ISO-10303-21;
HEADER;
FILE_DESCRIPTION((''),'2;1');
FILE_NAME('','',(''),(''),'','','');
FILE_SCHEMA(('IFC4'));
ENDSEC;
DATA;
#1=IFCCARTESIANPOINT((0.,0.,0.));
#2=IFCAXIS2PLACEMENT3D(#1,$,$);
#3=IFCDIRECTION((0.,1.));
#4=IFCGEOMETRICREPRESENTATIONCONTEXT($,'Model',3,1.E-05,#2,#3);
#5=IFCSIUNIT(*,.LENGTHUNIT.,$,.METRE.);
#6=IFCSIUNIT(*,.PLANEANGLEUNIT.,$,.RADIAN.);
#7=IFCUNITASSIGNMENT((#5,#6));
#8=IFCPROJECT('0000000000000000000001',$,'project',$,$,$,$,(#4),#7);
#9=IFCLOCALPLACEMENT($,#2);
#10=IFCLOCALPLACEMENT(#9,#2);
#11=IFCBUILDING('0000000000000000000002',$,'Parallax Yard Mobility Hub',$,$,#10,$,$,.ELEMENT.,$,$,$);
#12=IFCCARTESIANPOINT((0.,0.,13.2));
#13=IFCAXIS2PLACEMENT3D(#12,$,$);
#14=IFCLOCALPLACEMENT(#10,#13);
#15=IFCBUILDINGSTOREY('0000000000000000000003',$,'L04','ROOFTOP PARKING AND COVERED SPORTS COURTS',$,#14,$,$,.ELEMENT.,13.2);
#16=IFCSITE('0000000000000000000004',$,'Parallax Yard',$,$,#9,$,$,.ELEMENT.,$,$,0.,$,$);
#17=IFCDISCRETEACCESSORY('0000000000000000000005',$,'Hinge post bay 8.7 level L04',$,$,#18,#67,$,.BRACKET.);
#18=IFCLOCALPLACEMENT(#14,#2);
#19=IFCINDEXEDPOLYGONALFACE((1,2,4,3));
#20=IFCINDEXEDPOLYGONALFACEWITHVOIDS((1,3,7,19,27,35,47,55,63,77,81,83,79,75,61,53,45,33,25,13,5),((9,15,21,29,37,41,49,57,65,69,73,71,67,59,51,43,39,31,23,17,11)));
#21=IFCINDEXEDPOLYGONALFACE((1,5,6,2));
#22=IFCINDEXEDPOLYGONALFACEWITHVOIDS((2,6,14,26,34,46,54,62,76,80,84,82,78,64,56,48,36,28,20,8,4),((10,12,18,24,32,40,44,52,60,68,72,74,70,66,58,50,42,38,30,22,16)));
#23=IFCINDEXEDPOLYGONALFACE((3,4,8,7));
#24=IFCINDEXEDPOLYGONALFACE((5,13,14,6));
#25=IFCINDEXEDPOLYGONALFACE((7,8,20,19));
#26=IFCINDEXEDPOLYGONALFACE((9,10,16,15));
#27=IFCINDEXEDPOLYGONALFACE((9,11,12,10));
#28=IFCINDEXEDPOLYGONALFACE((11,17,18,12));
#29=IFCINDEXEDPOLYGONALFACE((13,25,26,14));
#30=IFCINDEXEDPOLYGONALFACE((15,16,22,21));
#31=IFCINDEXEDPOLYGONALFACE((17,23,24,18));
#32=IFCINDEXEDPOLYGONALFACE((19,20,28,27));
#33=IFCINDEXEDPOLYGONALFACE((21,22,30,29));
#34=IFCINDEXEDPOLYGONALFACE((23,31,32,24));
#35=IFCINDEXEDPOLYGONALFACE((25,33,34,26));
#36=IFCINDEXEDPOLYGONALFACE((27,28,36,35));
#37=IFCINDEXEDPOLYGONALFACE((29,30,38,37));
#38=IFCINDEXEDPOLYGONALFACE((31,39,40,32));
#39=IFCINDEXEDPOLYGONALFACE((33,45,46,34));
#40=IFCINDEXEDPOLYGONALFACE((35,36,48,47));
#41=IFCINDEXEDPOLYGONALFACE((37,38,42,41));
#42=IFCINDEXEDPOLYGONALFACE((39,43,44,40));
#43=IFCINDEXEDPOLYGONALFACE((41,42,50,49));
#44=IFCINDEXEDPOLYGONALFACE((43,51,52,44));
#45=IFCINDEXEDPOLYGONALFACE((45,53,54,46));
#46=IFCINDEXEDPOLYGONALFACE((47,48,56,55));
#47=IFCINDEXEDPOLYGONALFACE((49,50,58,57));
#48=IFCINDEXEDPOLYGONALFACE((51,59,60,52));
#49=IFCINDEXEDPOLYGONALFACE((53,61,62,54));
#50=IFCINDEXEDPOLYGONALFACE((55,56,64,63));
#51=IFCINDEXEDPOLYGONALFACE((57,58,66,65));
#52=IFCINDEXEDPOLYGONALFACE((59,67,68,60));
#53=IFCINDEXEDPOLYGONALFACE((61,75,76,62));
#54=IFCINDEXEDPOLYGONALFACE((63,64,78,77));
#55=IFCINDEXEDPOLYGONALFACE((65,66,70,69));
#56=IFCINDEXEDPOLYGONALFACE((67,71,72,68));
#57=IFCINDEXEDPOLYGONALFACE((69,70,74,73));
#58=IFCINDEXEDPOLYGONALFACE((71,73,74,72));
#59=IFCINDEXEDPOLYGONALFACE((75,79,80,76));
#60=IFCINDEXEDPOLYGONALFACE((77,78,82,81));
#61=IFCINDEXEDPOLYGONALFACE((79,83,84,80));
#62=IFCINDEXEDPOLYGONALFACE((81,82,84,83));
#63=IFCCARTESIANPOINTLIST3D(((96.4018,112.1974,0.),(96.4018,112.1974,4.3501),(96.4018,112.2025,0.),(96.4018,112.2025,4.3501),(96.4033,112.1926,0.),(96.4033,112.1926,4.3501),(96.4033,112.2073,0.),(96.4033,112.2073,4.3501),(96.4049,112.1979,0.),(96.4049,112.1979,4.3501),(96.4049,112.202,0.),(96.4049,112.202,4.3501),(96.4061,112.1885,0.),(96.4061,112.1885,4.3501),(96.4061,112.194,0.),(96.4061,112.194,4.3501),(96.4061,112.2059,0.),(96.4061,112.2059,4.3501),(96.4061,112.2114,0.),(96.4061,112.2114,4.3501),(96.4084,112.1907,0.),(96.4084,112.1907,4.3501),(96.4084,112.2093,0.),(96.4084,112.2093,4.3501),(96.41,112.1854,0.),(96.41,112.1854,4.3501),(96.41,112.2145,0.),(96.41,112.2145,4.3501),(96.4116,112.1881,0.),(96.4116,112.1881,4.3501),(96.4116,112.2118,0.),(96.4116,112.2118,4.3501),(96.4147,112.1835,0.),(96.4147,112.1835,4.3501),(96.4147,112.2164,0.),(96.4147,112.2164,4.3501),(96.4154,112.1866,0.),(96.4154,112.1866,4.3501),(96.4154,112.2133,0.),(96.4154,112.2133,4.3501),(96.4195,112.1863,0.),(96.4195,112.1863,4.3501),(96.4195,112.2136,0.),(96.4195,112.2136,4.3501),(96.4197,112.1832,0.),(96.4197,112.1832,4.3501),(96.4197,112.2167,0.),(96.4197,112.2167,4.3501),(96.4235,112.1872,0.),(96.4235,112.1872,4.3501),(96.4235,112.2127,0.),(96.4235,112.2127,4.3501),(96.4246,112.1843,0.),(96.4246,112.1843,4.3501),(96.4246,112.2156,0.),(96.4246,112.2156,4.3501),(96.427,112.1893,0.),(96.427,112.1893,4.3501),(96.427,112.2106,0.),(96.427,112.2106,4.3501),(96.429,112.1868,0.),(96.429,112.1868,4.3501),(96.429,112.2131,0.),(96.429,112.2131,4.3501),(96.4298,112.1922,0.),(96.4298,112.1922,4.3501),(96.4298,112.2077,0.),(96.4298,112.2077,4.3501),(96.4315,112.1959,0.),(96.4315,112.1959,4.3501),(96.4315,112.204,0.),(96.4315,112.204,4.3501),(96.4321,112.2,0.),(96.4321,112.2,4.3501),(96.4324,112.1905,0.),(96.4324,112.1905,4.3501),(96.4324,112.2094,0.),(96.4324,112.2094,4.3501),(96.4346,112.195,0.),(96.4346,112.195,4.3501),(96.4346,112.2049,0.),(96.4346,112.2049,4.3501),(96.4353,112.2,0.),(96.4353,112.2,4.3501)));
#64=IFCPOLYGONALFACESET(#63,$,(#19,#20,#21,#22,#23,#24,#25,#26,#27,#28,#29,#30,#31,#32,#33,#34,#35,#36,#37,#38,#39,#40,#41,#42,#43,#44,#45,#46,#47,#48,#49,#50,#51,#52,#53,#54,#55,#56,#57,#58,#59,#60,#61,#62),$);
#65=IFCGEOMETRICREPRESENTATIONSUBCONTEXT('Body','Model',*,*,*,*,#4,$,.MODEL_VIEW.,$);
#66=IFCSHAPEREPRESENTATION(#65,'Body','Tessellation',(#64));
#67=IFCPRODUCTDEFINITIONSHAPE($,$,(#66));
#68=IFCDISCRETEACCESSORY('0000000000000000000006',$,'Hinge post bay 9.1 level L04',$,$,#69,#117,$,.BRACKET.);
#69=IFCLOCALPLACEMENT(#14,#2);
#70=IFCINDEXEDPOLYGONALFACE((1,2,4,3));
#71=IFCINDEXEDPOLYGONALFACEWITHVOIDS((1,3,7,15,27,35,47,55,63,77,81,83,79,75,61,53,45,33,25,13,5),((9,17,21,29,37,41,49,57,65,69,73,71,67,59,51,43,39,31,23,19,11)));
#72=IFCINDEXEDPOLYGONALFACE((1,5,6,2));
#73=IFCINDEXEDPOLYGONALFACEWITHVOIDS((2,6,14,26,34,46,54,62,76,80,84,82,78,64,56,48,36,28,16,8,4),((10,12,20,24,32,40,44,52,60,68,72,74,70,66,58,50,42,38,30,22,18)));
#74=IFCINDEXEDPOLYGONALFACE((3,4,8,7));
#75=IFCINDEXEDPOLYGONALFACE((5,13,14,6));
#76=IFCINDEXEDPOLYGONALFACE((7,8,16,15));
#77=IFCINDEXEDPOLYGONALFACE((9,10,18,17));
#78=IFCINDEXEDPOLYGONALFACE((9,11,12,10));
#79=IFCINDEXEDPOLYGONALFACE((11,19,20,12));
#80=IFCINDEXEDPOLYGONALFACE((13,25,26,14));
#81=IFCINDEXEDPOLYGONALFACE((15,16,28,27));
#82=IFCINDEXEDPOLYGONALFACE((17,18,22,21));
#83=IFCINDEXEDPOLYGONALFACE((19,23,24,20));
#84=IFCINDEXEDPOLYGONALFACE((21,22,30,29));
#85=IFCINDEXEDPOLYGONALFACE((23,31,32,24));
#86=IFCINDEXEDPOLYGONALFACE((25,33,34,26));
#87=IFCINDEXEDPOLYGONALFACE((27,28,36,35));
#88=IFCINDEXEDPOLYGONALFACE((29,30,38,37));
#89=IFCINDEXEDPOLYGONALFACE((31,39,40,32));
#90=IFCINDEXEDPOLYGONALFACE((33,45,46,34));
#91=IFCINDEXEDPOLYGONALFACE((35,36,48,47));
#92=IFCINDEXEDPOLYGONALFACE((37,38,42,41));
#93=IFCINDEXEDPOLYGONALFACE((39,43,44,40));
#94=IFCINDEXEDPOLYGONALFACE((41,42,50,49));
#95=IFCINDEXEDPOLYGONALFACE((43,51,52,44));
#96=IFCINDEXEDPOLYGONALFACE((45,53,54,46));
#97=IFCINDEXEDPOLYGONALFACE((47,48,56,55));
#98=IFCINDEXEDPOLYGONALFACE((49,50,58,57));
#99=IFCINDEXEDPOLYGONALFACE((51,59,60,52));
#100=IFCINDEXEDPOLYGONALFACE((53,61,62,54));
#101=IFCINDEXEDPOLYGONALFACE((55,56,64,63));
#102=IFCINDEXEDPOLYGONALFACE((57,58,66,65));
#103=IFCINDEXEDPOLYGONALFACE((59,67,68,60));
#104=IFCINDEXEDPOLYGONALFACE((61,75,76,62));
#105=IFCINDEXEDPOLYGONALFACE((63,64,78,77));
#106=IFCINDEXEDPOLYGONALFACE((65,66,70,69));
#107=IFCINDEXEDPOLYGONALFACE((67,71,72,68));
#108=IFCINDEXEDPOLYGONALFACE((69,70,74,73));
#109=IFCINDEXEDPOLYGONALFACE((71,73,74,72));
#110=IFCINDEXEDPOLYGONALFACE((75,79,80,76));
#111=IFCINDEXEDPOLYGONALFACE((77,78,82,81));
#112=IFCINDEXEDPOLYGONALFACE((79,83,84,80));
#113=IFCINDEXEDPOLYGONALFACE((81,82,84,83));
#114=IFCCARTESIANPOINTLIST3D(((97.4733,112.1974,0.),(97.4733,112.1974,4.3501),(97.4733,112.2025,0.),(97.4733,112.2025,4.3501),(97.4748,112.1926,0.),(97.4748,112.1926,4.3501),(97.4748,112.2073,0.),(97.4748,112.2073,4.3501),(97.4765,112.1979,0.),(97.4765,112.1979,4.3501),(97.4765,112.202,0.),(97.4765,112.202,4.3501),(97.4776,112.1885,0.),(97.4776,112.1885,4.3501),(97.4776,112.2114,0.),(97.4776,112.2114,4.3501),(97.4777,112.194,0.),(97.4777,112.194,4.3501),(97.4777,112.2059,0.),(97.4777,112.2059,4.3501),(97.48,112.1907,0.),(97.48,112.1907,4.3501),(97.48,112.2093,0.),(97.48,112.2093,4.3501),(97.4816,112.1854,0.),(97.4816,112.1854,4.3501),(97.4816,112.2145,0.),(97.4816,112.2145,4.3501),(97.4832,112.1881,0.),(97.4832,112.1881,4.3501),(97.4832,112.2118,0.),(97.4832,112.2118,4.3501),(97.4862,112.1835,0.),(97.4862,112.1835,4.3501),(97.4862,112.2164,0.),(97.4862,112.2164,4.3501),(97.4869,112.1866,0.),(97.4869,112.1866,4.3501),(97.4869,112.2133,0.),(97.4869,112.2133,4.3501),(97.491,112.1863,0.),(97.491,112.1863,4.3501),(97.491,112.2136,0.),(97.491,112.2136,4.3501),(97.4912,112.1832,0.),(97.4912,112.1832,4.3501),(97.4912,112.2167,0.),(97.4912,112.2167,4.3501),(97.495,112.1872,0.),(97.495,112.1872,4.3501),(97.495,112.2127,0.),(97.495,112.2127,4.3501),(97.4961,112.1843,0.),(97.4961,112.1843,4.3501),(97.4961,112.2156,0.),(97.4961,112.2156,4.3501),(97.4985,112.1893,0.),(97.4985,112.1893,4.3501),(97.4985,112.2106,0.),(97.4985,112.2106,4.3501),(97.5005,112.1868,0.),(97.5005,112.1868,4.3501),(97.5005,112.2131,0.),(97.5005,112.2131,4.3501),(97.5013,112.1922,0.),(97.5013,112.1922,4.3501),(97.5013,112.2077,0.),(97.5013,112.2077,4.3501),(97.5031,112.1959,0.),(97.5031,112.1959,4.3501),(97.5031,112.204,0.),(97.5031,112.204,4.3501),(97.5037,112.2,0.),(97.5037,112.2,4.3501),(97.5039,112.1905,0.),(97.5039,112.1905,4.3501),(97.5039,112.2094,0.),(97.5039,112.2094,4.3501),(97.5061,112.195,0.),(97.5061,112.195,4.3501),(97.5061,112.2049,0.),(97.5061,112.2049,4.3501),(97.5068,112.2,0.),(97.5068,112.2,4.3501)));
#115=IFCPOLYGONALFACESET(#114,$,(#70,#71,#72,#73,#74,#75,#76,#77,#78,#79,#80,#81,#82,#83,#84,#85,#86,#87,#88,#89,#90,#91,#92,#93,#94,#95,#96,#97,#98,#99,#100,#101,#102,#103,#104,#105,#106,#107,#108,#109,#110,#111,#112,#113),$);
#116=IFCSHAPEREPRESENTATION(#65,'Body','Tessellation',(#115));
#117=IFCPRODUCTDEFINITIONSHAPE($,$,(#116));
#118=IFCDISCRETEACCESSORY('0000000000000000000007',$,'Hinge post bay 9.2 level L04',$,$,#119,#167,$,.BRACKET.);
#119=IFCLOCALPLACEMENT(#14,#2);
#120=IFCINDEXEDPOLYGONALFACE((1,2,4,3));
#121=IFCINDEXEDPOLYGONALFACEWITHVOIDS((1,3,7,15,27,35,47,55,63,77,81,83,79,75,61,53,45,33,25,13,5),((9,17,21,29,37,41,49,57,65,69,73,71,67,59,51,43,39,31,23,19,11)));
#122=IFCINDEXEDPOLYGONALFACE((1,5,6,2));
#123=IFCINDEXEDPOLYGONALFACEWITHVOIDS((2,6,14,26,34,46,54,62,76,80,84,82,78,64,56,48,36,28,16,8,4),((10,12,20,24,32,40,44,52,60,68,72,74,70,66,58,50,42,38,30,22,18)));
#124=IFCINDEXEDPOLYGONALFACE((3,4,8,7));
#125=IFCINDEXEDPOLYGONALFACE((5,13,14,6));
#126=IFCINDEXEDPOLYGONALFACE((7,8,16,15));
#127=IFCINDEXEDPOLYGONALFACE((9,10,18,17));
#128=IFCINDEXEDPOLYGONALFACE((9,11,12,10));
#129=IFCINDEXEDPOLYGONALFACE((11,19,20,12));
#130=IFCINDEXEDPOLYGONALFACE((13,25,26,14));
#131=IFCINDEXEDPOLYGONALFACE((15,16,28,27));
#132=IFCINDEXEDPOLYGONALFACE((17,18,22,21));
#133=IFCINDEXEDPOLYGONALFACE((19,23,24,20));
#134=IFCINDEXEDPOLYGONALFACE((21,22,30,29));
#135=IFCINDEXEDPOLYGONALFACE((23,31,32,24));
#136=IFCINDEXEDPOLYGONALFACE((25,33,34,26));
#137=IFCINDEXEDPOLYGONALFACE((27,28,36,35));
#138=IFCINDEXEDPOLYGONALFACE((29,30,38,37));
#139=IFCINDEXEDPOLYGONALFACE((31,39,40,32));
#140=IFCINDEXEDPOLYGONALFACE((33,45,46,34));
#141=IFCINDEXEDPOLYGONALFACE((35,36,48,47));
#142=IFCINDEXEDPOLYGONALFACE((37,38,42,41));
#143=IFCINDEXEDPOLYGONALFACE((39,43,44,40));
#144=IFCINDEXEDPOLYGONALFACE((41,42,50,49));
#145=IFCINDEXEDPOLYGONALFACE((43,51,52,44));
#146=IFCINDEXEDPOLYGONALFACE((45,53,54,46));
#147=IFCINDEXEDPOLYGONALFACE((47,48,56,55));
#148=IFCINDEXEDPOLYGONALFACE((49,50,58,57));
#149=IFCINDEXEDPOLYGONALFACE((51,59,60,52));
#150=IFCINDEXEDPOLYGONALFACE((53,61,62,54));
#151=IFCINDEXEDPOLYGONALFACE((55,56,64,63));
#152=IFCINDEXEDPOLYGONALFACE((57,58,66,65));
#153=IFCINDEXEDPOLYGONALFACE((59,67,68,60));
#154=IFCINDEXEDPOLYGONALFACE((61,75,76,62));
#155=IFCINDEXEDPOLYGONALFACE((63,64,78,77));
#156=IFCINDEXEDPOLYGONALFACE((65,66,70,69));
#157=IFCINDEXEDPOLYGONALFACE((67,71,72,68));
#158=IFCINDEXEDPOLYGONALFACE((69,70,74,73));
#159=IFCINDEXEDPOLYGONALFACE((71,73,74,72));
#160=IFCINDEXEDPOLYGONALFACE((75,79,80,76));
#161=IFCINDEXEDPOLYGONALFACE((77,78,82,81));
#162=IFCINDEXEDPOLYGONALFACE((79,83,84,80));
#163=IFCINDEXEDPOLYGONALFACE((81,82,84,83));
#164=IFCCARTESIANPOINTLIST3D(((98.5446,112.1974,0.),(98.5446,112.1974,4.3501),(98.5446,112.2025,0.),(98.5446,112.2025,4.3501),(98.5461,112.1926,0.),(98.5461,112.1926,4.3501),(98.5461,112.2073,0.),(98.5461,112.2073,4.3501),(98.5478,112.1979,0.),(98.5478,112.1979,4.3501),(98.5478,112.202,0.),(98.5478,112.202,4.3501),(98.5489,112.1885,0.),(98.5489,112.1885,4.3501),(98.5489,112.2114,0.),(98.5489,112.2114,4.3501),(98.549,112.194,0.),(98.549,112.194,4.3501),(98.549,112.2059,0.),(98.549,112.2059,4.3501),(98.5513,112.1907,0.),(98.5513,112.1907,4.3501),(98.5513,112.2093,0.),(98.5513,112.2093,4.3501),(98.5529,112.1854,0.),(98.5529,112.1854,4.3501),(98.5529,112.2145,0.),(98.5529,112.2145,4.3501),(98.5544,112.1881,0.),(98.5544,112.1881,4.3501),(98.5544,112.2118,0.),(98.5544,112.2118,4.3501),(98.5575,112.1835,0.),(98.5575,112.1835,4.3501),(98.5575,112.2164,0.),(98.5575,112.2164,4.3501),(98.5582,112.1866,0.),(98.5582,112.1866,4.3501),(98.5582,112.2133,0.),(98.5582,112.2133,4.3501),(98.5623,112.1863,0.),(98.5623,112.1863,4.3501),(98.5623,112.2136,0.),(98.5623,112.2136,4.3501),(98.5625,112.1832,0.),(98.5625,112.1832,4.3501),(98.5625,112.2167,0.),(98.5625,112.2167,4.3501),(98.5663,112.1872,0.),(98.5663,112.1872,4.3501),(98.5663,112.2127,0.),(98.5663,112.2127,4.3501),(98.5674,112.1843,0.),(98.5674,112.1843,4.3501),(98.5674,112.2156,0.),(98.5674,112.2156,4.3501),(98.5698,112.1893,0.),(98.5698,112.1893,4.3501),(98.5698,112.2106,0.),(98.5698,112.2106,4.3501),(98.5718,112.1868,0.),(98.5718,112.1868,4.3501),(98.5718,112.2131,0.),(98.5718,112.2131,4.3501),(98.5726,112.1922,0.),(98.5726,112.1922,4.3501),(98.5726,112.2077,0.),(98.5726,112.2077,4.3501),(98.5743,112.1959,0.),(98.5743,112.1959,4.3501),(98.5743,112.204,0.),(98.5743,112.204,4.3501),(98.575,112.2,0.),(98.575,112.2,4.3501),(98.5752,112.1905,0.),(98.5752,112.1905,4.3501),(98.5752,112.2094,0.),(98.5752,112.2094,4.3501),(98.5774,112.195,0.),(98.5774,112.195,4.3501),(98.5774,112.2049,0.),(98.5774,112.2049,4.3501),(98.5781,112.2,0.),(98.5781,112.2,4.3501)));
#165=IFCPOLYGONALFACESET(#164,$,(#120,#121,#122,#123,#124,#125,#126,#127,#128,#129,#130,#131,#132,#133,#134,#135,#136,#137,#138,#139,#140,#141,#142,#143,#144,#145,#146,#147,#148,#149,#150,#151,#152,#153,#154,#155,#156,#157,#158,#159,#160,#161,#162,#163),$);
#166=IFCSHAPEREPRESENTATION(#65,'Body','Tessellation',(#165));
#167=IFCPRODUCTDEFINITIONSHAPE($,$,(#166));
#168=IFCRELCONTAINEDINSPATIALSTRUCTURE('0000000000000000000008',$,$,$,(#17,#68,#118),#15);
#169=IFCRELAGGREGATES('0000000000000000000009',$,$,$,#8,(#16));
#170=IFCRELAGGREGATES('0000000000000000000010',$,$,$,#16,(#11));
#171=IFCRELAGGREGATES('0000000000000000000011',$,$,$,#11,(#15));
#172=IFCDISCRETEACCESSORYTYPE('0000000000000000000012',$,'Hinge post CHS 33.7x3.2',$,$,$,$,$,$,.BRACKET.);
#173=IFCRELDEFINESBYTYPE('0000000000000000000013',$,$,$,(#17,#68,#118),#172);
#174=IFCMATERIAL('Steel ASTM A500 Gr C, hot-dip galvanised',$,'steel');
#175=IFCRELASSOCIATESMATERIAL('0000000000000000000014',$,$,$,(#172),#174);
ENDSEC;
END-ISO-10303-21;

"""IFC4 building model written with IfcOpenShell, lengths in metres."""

from ifc_helpers import new_model, si_unit, direction, frame, origin, origin_2d, place, context, subcontext, project, spatial, hollow_circle, extrude, material, material_profile, profile_set, type_object, element, save


model = new_model("IFC4")

# Units and contexts
model_context = context("Model", 3, precision=1e-05, world=origin(), true_north=direction((0.0, 1.0)))
body_context = subcontext(model_context, "Body", "Model", "MODEL_VIEW")
ifc_project = project(units=[si_unit("LENGTHUNIT", "METRE"), si_unit("PLANEANGLEUNIT", "RADIAN")], contexts=[model_context])

# Site, building, storey
site_placement = place(None, origin())
site = spatial("IfcSite", under=ifc_project, at=site_placement, Name="Parallax Yard", CompositionType="ELEMENT", RefElevation=0.0)
building_placement = place(site_placement, origin())
building = spatial("IfcBuilding", under=site, at=building_placement, Name="Parallax Yard Mobility Hub", CompositionType="ELEMENT")
storey_placement = place(building_placement, frame((0.0, 0.0, 13.2)))
storey = spatial("IfcBuildingStorey", under=building, at=storey_placement, Name="L04", Description="ROOFTOP PARKING AND COVERED SPORTS COURTS", CompositionType="ELEMENT", Elevation=13.2)

# Discrete accessories
ifc_material_1 = material(Name="Steel ASTM A500 Gr C, hot-dip galvanised", Category="steel")
ifc_material_profile_1 = material_profile(ifc_material_1, hollow_circle(Radius=0.0168, WallThickness=0.0032, at=origin_2d()), Name="CHS 33.7x3.2")
ifc_profile_set_1 = profile_set([ifc_material_profile_1], Name="Steel ASTM A500 Gr C, hot-dip galvanised")
discrete_accessory_type_1 = type_object("IfcDiscreteAccessoryType", Name="Hinge post CHS 33.7x3.2", PredefinedType="BRACKET", material=ifc_profile_set_1)
for number, where, z_axis, x_axis, name in (
    (1, (96.4185, 112.2, 0.0), (0.0, 0.0, 1.0), (1.0, 0.0, 0.0), "Hinge post bay 8.7 level L04"),
    (2, (97.49, 112.2, 0.0), (0.0, 0.0, 1.0), (1.0, 0.0, 0.0), "Hinge post bay 9.1 level L04"),
    (3, (98.5613, 112.2, 0.0), (0.0, 0.0, 1.0), (1.0, 0.0, 0.0), "Hinge post bay 9.2 level L04"),
):
    element("IfcDiscreteAccessory", number, at=place(storey_placement, frame(where, z_axis=z_axis, x_axis=x_axis)), inside=storey, type_object=discrete_accessory_type_1, Name=name, PredefinedType="BRACKET", context=body_context, shape_type="SweptSolid", body=[
        extrude(hollow_circle(Radius=0.0168, WallThickness=0.0032, at=origin_2d()), origin(), (0.0, 0.0, 1.0), 4.3501),
    ])

save(model, "model.ifc")
